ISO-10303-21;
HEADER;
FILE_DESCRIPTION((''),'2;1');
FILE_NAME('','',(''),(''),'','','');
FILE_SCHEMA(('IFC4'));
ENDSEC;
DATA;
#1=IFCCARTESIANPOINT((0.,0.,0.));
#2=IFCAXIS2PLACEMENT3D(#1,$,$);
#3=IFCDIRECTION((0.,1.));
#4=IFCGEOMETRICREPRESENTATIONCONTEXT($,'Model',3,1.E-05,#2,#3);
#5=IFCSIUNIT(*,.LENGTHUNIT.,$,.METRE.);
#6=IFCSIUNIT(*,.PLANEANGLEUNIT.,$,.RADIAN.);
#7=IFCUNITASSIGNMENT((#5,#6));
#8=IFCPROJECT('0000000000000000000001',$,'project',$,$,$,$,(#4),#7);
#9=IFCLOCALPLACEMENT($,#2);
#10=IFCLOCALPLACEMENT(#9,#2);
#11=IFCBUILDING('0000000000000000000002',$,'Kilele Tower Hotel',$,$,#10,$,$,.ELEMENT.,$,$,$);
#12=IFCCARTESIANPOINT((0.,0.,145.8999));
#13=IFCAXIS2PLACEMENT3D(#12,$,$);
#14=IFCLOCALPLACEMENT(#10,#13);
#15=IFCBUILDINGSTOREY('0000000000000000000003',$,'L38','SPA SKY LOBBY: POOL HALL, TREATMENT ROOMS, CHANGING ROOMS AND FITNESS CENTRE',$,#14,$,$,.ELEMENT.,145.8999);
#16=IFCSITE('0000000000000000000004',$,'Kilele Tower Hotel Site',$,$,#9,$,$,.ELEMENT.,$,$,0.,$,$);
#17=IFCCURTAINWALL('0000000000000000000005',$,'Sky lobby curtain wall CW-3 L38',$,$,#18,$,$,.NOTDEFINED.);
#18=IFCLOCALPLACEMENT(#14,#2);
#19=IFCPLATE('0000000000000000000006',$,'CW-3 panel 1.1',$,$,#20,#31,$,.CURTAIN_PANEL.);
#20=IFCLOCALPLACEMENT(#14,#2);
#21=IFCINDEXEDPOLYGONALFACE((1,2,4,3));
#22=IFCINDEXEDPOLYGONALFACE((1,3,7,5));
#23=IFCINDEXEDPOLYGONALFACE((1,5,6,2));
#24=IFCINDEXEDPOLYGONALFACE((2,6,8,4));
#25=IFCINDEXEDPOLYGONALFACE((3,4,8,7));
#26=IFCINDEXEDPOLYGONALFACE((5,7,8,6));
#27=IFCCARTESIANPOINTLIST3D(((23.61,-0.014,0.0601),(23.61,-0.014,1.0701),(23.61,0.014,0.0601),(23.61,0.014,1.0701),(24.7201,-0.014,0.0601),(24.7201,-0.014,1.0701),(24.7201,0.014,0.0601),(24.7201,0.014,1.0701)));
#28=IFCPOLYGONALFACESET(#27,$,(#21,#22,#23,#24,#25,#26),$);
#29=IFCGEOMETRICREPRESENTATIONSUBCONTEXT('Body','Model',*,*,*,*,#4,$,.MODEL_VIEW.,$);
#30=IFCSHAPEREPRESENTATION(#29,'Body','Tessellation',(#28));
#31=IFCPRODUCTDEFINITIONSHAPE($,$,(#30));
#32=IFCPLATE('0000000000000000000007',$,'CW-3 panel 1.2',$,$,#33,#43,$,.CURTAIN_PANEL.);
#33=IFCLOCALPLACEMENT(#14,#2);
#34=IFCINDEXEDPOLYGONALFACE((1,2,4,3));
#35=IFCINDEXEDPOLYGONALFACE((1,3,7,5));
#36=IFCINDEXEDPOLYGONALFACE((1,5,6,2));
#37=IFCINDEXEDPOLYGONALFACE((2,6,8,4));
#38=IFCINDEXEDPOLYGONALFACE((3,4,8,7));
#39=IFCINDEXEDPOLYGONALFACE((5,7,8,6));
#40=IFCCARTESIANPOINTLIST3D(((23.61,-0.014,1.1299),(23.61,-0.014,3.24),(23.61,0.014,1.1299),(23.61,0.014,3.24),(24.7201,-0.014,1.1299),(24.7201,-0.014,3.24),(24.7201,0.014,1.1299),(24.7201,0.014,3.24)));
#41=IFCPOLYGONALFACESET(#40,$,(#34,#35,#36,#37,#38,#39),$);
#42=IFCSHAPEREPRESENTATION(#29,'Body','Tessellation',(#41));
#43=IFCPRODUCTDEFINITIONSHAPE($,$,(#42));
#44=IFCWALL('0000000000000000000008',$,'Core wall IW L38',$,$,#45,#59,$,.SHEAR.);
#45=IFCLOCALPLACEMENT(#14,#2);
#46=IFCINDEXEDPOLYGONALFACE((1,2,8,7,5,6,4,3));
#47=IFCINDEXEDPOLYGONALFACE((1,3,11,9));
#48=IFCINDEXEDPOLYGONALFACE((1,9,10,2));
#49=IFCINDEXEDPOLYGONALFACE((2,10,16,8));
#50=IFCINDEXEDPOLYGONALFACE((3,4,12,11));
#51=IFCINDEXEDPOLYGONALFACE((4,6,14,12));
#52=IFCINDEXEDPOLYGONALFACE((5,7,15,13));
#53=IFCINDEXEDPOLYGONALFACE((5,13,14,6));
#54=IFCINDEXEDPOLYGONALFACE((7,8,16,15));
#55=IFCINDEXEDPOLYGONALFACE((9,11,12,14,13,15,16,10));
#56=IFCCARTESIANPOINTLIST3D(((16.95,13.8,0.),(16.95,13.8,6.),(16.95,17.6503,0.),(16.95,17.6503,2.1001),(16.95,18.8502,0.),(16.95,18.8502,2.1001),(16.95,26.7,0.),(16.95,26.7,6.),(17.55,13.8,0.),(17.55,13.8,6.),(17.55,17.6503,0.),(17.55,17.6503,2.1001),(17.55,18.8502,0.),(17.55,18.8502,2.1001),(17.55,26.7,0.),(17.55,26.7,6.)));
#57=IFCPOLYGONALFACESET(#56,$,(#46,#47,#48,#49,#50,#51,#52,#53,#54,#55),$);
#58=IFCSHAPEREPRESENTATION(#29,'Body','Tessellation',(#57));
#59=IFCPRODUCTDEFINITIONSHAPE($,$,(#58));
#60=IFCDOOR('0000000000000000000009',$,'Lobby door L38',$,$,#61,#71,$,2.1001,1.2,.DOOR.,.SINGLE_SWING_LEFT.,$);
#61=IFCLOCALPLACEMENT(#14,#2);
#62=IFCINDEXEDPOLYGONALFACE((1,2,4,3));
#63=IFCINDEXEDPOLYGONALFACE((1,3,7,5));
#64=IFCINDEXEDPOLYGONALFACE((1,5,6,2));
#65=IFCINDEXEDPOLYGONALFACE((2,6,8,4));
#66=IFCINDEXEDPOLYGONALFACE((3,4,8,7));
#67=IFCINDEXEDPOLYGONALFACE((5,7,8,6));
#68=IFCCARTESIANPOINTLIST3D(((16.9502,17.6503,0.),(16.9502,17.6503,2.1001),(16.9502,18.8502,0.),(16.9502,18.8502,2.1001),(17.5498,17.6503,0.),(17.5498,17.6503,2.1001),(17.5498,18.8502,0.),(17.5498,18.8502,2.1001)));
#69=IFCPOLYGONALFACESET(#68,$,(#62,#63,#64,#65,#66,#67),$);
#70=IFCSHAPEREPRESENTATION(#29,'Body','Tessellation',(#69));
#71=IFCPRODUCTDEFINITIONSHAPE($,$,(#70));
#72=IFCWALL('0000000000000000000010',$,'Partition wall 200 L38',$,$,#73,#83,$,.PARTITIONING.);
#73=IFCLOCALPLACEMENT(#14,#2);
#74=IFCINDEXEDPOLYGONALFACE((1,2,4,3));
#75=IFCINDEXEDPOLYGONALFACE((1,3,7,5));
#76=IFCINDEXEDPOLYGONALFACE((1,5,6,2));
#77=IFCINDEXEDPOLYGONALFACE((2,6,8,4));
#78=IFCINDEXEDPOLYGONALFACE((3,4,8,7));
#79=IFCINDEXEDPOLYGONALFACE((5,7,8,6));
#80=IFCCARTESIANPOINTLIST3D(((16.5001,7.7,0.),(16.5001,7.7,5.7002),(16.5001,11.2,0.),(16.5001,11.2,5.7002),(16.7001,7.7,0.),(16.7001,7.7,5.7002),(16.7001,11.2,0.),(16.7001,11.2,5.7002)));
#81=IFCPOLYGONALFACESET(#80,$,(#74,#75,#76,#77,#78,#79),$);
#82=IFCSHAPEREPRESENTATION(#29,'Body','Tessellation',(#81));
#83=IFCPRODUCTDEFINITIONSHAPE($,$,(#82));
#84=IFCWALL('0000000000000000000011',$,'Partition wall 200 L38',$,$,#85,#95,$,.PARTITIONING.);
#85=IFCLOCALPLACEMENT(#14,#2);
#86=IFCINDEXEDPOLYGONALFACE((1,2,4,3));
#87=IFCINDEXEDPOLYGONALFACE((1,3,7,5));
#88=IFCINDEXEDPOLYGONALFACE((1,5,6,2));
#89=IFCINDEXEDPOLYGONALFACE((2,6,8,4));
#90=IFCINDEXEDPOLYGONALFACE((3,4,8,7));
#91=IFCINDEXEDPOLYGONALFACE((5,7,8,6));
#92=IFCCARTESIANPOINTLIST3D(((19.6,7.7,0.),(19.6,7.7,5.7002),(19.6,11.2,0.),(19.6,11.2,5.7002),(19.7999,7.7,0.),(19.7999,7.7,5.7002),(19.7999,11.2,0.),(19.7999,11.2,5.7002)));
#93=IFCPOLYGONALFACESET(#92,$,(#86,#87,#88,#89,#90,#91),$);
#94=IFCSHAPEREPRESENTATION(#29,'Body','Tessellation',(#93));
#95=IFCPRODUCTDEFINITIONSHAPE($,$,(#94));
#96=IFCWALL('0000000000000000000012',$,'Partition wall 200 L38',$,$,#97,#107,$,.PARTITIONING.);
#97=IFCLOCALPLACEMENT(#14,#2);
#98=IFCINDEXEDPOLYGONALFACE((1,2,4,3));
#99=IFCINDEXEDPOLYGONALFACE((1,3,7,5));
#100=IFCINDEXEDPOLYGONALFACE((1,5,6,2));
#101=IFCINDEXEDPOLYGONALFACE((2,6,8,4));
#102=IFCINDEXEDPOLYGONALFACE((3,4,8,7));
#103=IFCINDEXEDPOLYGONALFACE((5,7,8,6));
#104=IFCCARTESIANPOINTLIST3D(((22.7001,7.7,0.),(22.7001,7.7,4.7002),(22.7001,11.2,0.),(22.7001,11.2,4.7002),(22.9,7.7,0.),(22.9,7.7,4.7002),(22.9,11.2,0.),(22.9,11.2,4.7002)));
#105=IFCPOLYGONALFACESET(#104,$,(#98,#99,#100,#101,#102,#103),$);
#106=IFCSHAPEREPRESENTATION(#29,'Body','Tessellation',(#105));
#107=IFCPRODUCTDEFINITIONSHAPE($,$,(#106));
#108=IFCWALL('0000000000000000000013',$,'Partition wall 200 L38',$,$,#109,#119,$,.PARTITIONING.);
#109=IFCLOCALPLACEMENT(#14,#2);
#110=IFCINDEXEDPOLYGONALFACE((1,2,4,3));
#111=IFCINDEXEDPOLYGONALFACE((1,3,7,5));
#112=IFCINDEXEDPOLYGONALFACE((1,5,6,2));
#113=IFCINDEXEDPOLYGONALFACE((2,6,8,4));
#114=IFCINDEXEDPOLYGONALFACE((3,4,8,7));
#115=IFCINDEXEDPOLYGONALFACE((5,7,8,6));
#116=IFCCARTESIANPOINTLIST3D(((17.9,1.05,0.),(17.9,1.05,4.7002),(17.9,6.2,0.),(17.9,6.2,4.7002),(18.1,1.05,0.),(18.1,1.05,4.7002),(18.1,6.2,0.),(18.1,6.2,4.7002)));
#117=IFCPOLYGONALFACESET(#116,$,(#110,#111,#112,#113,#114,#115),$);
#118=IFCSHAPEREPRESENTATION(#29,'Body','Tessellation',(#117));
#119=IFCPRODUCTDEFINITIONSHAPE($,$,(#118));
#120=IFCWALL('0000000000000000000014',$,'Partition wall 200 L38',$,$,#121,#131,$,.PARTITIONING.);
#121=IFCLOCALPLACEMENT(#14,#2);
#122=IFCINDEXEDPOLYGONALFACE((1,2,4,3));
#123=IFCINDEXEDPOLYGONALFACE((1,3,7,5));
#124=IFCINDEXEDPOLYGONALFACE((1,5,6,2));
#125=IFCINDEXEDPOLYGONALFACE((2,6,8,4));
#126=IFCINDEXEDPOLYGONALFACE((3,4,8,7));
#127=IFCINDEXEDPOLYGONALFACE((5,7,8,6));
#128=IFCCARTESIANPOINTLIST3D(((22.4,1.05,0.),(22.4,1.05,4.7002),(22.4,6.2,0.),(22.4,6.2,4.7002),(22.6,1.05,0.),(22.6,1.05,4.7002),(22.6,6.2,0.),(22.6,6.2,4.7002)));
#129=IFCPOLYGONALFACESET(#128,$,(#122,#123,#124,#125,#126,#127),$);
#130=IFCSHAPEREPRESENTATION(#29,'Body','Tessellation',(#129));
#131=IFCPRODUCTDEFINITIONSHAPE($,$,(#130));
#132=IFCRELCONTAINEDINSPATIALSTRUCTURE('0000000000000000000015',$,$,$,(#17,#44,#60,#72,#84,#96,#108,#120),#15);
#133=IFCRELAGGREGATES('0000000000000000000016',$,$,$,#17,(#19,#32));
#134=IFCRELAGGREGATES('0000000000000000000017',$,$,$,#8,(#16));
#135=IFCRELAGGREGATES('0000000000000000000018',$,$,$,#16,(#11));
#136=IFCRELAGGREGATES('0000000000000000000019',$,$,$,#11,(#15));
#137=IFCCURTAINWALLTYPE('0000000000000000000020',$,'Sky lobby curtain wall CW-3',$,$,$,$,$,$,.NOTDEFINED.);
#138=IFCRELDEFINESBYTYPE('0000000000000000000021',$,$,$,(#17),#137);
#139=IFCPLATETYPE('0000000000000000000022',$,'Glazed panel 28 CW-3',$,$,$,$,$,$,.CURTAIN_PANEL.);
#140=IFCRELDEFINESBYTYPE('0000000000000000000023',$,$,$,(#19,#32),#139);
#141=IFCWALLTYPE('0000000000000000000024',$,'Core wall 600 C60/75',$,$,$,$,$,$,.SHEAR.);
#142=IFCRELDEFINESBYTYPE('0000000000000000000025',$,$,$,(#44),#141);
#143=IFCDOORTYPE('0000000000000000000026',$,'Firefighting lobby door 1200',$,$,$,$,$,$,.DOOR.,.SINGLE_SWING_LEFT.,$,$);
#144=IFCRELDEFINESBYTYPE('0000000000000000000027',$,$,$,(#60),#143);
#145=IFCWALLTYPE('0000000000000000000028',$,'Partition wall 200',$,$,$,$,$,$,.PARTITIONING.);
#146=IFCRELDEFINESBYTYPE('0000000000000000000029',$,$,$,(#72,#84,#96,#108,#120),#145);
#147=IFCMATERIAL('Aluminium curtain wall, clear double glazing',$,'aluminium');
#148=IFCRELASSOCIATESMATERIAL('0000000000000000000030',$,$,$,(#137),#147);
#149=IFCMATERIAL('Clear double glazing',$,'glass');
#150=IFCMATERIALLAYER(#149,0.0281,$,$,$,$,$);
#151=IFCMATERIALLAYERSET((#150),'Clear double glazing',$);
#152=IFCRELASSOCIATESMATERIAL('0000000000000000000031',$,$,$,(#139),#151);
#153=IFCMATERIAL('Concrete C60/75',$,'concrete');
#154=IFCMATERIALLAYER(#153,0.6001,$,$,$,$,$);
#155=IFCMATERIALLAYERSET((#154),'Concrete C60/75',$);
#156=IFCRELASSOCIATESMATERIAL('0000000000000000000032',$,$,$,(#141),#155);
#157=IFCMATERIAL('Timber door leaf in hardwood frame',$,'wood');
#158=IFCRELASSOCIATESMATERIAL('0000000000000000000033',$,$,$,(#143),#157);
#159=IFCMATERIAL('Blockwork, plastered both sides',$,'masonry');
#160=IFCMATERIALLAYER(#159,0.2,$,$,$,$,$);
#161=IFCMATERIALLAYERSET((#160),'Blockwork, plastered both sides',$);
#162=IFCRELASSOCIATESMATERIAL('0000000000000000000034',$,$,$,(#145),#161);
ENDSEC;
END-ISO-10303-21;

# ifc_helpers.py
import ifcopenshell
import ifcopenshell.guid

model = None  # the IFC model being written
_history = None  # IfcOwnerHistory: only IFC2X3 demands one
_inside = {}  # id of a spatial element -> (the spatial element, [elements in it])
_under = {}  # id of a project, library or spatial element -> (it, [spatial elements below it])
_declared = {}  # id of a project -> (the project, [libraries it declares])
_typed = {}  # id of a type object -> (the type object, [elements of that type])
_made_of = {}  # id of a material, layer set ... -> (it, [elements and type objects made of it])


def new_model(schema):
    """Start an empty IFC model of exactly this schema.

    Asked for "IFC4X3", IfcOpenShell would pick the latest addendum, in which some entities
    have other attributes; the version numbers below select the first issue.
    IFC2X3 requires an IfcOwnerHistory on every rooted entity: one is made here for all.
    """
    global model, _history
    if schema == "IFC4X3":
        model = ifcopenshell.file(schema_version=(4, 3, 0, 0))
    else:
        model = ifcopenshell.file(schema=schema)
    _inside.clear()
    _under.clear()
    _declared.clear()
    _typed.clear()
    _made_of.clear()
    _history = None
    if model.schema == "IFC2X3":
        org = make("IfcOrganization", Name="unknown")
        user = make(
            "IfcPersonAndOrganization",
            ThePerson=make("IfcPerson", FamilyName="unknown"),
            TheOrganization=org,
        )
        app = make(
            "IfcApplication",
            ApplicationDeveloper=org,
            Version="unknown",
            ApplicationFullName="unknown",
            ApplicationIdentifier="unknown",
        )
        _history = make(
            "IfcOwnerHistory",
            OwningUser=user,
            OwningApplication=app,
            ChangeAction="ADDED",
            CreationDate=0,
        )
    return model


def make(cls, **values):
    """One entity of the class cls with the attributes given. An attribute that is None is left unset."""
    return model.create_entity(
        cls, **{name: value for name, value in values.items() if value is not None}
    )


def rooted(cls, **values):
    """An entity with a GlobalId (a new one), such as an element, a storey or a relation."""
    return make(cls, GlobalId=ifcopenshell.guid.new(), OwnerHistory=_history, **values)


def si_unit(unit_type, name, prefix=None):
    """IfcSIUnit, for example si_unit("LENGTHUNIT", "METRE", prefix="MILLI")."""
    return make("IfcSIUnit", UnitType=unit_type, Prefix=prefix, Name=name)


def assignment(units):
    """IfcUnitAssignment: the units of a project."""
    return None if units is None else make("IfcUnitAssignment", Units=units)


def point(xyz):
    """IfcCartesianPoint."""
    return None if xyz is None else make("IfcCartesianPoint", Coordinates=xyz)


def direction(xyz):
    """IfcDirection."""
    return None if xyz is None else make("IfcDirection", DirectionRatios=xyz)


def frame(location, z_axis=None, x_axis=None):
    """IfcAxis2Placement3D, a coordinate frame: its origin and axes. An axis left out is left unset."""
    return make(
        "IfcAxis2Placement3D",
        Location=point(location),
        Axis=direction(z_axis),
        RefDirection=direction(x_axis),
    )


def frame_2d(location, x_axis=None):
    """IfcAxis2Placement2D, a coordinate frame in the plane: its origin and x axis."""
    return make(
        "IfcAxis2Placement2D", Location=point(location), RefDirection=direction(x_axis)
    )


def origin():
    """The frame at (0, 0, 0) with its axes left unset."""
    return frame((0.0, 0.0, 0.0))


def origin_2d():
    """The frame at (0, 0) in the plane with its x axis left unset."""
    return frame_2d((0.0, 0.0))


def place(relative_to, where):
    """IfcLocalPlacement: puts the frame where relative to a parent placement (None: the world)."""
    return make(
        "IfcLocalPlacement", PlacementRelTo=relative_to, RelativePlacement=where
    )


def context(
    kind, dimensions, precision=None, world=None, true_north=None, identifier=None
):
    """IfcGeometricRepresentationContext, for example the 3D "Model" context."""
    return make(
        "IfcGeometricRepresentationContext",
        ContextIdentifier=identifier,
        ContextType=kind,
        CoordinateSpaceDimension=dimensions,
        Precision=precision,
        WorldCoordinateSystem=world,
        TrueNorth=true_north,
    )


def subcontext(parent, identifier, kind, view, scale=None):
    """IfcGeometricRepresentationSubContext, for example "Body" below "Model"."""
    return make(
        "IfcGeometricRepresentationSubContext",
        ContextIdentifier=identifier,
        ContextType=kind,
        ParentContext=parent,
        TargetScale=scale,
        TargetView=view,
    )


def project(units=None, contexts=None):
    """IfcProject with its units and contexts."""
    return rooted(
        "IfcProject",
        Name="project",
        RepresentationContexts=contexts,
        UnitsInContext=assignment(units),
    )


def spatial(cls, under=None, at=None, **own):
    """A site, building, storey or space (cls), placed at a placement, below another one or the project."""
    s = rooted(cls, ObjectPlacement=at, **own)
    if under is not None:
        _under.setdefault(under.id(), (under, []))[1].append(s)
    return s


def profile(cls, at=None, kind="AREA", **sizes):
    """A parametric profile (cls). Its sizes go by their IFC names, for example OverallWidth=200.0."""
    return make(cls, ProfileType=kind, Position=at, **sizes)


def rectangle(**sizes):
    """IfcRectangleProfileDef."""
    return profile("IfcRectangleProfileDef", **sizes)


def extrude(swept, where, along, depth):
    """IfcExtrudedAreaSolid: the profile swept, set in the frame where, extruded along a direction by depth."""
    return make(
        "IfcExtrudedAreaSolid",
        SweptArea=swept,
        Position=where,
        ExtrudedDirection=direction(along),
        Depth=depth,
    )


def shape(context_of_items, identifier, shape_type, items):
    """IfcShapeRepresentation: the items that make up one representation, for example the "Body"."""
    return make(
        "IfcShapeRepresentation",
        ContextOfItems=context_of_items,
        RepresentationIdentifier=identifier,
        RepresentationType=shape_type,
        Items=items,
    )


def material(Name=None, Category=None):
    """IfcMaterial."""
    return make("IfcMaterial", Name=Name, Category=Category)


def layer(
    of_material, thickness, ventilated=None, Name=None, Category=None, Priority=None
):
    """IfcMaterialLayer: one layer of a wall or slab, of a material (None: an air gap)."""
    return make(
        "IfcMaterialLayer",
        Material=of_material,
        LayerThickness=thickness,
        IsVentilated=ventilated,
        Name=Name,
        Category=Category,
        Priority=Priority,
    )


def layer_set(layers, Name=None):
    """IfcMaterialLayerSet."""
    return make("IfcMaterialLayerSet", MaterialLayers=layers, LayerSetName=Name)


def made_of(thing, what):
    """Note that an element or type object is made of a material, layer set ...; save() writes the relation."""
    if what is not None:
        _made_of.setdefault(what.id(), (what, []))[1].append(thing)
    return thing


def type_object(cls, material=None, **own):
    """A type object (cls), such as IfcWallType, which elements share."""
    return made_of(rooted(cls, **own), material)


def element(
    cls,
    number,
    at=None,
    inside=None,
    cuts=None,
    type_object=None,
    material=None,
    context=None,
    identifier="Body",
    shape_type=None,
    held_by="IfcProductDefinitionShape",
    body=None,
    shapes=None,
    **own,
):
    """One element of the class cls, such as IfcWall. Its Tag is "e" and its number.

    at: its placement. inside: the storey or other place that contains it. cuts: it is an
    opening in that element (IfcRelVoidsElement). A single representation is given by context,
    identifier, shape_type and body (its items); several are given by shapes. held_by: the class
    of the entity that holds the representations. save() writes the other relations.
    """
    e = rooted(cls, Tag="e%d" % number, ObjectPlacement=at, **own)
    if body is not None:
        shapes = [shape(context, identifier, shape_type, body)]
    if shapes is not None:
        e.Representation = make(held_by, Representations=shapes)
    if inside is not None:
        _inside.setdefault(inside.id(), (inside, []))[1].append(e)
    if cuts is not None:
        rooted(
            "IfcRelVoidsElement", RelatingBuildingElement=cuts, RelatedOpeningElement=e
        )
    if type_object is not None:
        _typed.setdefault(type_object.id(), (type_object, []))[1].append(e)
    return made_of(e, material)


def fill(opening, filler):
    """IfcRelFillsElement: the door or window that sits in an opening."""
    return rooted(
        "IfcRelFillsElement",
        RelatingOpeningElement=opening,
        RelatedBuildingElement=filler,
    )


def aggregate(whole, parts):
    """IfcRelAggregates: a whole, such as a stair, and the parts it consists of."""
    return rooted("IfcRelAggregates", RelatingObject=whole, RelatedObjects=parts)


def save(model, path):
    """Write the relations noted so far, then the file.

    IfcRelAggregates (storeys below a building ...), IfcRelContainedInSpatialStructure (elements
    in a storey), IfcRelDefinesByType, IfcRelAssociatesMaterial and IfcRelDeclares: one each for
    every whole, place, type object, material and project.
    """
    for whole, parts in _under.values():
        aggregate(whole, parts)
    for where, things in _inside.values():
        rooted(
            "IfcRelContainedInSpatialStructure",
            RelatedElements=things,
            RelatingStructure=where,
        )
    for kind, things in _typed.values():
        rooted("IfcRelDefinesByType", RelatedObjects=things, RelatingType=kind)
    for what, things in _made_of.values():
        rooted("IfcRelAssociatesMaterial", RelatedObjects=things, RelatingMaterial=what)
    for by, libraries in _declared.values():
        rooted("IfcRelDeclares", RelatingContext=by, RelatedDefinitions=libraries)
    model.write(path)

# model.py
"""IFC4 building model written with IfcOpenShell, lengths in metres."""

from ifc_helpers import new_model, si_unit, direction, frame, frame_2d, origin, origin_2d, place, context, subcontext, project, spatial, rectangle, extrude, material, layer, layer_set, type_object, element, fill, aggregate, save


model = new_model("IFC4")

# Units and contexts
model_context = context("Model", 3, precision=1e-05, world=origin(), true_north=direction((0.0, 1.0)))
body_context = subcontext(model_context, "Body", "Model", "MODEL_VIEW")
ifc_project = project(units=[si_unit("LENGTHUNIT", "METRE"), si_unit("PLANEANGLEUNIT", "RADIAN")], contexts=[model_context])

# Site, building, storey
site_placement = place(None, origin())
site = spatial("IfcSite", under=ifc_project, at=site_placement, Name="Kilele Tower Hotel Site", CompositionType="ELEMENT", RefElevation=0.0)
building_placement = place(site_placement, origin())
building = spatial("IfcBuilding", under=site, at=building_placement, Name="Kilele Tower Hotel", CompositionType="ELEMENT")
storey_placement = place(building_placement, frame((0.0, 0.0, 145.8999)))
storey = spatial("IfcBuildingStorey", under=building, at=storey_placement, Name="L38", Description="SPA SKY LOBBY: POOL HALL, TREATMENT ROOMS, CHANGING ROOMS AND FITNESS CENTRE", CompositionType="ELEMENT", Elevation=145.8999)

# Shared definitions
ifc_material_1 = material(Name="Aluminium curtain wall, clear double glazing", Category="aluminium")
curtain_wall_type = type_object("IfcCurtainWallType", Name="Sky lobby curtain wall CW-3", PredefinedType="NOTDEFINED", material=ifc_material_1)

# Curtain wall
curtain_wall_1_placement = place(storey_placement, origin())
curtain_wall_1 = element("IfcCurtainWall", 1, at=curtain_wall_1_placement, inside=storey, type_object=curtain_wall_type, Name="Sky lobby curtain wall CW-3 L38", PredefinedType="NOTDEFINED")

# Plates
ifc_material_2 = material(Name="Clear double glazing", Category="glass")
ifc_layer_1 = layer(ifc_material_2, 0.0281)
ifc_layer_set_1 = layer_set([ifc_layer_1], Name="Clear double glazing")
plate_type = type_object("IfcPlateType", Name="Glazed panel 28 CW-3", PredefinedType="CURTAIN_PANEL", material=ifc_layer_set_1)
plate_1_placement = place(storey_placement, frame((24.165, 0.0, 0.0601), z_axis=(0.0, 0.0, 1.0), x_axis=(1.0, 0.0, 0.0)))
plate_1 = element("IfcPlate", 2, at=plate_1_placement, type_object=plate_type, Name="CW-3 panel 1.1", PredefinedType="CURTAIN_PANEL", context=body_context, shape_type="SweptSolid", body=[
    extrude(rectangle(XDim=1.1101, YDim=0.0281, at=origin_2d()), origin(), (0.0, 0.0, 1.0), 1.01),
])
plate_2_placement = place(storey_placement, frame((24.165, 0.0, 1.1299), z_axis=(0.0, 0.0, 1.0), x_axis=(1.0, 0.0, 0.0)))
plate_2 = element("IfcPlate", 3, at=plate_2_placement, type_object=plate_type, Name="CW-3 panel 1.2", PredefinedType="CURTAIN_PANEL", context=body_context, shape_type="SweptSolid", body=[
    extrude(rectangle(XDim=1.1101, YDim=0.0281, at=origin_2d()), origin(), (0.0, 0.0, 1.0), 2.1101),
])
aggregate(curtain_wall_1, [plate_1, plate_2])

# Wall, opening, door
ifc_material_3 = material(Name="Concrete C60/75", Category="concrete")
ifc_layer_2 = layer(ifc_material_3, 0.6001)
ifc_layer_set_2 = layer_set([ifc_layer_2], Name="Concrete C60/75")
wall_type_1 = type_object("IfcWallType", Name="Core wall 600 C60/75", PredefinedType="SHEAR", material=ifc_layer_set_2)
wall_1_placement = place(storey_placement, frame((17.25, 13.8, 0.0), z_axis=(0.0, 0.0, 1.0), x_axis=(0.0, 1.0, 0.0)))
wall_1 = element("IfcWall", 4, at=wall_1_placement, inside=storey, type_object=wall_type_1, Name="Core wall IW L38", PredefinedType="SHEAR", context=body_context, shape_type="SweptSolid", body=[
    extrude(rectangle(XDim=12.8999, YDim=0.6001, at=frame_2d((6.45, 0.0))), origin(), (0.0, 0.0, 1.0), 6.0),
])
opening_placement = place(wall_1_placement, frame((3.8501, 0.0, 0.0)))
opening = element("IfcOpeningElement", 5, at=opening_placement, cuts=wall_1, PredefinedType="OPENING", context=body_context, shape_type="SweptSolid", body=[
    extrude(rectangle(XDim=1.2, YDim=2.1001, at=frame_2d((0.6001, 1.05))), frame((0.0, 0.3101, 0.0), z_axis=(0.0, -1.0, 0.0), x_axis=(1.0, 0.0, 0.0)), (0.0, 0.0, 1.0), 0.6201),
])
ifc_material_4 = material(Name="Timber door leaf in hardwood frame", Category="wood")
door_type = type_object("IfcDoorType", Name="Firefighting lobby door 1200", OperationType="SINGLE_SWING_LEFT", PredefinedType="DOOR", material=ifc_material_4)
door_placement = place(opening_placement, origin())
door = element("IfcDoor", 6, at=door_placement, inside=storey, type_object=door_type, Name="Lobby door L38", OperationType="SINGLE_SWING_LEFT", OverallHeight=2.1001, OverallWidth=1.2, PredefinedType="DOOR", context=body_context, shape_type="SweptSolid", body=[
    extrude(rectangle(XDim=1.2, YDim=2.1001, at=frame_2d((0.6001, 1.05))), frame((0.0, 0.2998, 0.0), z_axis=(0.0, -1.0, 0.0), x_axis=(1.0, 0.0, 0.0)), (0.0, 0.0, 1.0), 0.5996),
])
fill(opening, door)

# Walls
ifc_material_5 = material(Name="Blockwork, plastered both sides", Category="masonry")
ifc_layer_3 = layer(ifc_material_5, 0.2)
ifc_layer_set_3 = layer_set([ifc_layer_3], Name="Blockwork, plastered both sides")
wall_type_2 = type_object("IfcWallType", Name="Partition wall 200", PredefinedType="PARTITIONING", material=ifc_layer_set_3)
for number, where, z_axis, x_axis, name in (
    (7, (16.6001, 11.2, 0.0), (0.0, 0.0, 1.0), (0.0, -1.0, 0.0), "Partition wall 200 L38"),
    (8, (19.7, 11.2, 0.0), (0.0, 0.0, 1.0), (0.0, -1.0, 0.0), "Partition wall 200 L38"),
):
    element("IfcWall", number, at=place(storey_placement, frame(where, z_axis=z_axis, x_axis=x_axis)), inside=storey, type_object=wall_type_2, Name=name, PredefinedType="PARTITIONING", context=body_context, shape_type="SweptSolid", body=[
        extrude(rectangle(XDim=3.5, YDim=0.2, at=frame_2d((1.75, 0.0))), origin(), (0.0, 0.0, 1.0), 5.7002),
    ])
wall_2_placement = place(storey_placement, frame((22.8, 11.2, 0.0), z_axis=(0.0, 0.0, 1.0), x_axis=(0.0, -1.0, 0.0)))
element("IfcWall", 9, at=wall_2_placement, inside=storey, type_object=wall_type_2, Name="Partition wall 200 L38", PredefinedType="PARTITIONING", context=body_context, shape_type="SweptSolid", body=[
    extrude(rectangle(XDim=3.5, YDim=0.2, at=frame_2d((1.75, 0.0))), origin(), (0.0, 0.0, 1.0), 4.7002),
])
for number, where, z_axis, x_axis, name in (
    (10, (18.0, 6.2, 0.0), (0.0, 0.0, 1.0), (0.0, -1.0, 0.0), "Partition wall 200 L38"),
    (11, (22.5, 6.2, 0.0), (0.0, 0.0, 1.0), (0.0, -1.0, 0.0), "Partition wall 200 L38"),
):
    element("IfcWall", number, at=place(storey_placement, frame(where, z_axis=z_axis, x_axis=x_axis)), inside=storey, type_object=wall_type_2, Name=name, PredefinedType="PARTITIONING", context=body_context, shape_type="SweptSolid", body=[
        extrude(rectangle(XDim=5.1499, YDim=0.2, at=frame_2d((2.575, 0.0))), origin(), (0.0, 0.0, 1.0), 4.7002),
    ])

save(model, "model.ifc")
